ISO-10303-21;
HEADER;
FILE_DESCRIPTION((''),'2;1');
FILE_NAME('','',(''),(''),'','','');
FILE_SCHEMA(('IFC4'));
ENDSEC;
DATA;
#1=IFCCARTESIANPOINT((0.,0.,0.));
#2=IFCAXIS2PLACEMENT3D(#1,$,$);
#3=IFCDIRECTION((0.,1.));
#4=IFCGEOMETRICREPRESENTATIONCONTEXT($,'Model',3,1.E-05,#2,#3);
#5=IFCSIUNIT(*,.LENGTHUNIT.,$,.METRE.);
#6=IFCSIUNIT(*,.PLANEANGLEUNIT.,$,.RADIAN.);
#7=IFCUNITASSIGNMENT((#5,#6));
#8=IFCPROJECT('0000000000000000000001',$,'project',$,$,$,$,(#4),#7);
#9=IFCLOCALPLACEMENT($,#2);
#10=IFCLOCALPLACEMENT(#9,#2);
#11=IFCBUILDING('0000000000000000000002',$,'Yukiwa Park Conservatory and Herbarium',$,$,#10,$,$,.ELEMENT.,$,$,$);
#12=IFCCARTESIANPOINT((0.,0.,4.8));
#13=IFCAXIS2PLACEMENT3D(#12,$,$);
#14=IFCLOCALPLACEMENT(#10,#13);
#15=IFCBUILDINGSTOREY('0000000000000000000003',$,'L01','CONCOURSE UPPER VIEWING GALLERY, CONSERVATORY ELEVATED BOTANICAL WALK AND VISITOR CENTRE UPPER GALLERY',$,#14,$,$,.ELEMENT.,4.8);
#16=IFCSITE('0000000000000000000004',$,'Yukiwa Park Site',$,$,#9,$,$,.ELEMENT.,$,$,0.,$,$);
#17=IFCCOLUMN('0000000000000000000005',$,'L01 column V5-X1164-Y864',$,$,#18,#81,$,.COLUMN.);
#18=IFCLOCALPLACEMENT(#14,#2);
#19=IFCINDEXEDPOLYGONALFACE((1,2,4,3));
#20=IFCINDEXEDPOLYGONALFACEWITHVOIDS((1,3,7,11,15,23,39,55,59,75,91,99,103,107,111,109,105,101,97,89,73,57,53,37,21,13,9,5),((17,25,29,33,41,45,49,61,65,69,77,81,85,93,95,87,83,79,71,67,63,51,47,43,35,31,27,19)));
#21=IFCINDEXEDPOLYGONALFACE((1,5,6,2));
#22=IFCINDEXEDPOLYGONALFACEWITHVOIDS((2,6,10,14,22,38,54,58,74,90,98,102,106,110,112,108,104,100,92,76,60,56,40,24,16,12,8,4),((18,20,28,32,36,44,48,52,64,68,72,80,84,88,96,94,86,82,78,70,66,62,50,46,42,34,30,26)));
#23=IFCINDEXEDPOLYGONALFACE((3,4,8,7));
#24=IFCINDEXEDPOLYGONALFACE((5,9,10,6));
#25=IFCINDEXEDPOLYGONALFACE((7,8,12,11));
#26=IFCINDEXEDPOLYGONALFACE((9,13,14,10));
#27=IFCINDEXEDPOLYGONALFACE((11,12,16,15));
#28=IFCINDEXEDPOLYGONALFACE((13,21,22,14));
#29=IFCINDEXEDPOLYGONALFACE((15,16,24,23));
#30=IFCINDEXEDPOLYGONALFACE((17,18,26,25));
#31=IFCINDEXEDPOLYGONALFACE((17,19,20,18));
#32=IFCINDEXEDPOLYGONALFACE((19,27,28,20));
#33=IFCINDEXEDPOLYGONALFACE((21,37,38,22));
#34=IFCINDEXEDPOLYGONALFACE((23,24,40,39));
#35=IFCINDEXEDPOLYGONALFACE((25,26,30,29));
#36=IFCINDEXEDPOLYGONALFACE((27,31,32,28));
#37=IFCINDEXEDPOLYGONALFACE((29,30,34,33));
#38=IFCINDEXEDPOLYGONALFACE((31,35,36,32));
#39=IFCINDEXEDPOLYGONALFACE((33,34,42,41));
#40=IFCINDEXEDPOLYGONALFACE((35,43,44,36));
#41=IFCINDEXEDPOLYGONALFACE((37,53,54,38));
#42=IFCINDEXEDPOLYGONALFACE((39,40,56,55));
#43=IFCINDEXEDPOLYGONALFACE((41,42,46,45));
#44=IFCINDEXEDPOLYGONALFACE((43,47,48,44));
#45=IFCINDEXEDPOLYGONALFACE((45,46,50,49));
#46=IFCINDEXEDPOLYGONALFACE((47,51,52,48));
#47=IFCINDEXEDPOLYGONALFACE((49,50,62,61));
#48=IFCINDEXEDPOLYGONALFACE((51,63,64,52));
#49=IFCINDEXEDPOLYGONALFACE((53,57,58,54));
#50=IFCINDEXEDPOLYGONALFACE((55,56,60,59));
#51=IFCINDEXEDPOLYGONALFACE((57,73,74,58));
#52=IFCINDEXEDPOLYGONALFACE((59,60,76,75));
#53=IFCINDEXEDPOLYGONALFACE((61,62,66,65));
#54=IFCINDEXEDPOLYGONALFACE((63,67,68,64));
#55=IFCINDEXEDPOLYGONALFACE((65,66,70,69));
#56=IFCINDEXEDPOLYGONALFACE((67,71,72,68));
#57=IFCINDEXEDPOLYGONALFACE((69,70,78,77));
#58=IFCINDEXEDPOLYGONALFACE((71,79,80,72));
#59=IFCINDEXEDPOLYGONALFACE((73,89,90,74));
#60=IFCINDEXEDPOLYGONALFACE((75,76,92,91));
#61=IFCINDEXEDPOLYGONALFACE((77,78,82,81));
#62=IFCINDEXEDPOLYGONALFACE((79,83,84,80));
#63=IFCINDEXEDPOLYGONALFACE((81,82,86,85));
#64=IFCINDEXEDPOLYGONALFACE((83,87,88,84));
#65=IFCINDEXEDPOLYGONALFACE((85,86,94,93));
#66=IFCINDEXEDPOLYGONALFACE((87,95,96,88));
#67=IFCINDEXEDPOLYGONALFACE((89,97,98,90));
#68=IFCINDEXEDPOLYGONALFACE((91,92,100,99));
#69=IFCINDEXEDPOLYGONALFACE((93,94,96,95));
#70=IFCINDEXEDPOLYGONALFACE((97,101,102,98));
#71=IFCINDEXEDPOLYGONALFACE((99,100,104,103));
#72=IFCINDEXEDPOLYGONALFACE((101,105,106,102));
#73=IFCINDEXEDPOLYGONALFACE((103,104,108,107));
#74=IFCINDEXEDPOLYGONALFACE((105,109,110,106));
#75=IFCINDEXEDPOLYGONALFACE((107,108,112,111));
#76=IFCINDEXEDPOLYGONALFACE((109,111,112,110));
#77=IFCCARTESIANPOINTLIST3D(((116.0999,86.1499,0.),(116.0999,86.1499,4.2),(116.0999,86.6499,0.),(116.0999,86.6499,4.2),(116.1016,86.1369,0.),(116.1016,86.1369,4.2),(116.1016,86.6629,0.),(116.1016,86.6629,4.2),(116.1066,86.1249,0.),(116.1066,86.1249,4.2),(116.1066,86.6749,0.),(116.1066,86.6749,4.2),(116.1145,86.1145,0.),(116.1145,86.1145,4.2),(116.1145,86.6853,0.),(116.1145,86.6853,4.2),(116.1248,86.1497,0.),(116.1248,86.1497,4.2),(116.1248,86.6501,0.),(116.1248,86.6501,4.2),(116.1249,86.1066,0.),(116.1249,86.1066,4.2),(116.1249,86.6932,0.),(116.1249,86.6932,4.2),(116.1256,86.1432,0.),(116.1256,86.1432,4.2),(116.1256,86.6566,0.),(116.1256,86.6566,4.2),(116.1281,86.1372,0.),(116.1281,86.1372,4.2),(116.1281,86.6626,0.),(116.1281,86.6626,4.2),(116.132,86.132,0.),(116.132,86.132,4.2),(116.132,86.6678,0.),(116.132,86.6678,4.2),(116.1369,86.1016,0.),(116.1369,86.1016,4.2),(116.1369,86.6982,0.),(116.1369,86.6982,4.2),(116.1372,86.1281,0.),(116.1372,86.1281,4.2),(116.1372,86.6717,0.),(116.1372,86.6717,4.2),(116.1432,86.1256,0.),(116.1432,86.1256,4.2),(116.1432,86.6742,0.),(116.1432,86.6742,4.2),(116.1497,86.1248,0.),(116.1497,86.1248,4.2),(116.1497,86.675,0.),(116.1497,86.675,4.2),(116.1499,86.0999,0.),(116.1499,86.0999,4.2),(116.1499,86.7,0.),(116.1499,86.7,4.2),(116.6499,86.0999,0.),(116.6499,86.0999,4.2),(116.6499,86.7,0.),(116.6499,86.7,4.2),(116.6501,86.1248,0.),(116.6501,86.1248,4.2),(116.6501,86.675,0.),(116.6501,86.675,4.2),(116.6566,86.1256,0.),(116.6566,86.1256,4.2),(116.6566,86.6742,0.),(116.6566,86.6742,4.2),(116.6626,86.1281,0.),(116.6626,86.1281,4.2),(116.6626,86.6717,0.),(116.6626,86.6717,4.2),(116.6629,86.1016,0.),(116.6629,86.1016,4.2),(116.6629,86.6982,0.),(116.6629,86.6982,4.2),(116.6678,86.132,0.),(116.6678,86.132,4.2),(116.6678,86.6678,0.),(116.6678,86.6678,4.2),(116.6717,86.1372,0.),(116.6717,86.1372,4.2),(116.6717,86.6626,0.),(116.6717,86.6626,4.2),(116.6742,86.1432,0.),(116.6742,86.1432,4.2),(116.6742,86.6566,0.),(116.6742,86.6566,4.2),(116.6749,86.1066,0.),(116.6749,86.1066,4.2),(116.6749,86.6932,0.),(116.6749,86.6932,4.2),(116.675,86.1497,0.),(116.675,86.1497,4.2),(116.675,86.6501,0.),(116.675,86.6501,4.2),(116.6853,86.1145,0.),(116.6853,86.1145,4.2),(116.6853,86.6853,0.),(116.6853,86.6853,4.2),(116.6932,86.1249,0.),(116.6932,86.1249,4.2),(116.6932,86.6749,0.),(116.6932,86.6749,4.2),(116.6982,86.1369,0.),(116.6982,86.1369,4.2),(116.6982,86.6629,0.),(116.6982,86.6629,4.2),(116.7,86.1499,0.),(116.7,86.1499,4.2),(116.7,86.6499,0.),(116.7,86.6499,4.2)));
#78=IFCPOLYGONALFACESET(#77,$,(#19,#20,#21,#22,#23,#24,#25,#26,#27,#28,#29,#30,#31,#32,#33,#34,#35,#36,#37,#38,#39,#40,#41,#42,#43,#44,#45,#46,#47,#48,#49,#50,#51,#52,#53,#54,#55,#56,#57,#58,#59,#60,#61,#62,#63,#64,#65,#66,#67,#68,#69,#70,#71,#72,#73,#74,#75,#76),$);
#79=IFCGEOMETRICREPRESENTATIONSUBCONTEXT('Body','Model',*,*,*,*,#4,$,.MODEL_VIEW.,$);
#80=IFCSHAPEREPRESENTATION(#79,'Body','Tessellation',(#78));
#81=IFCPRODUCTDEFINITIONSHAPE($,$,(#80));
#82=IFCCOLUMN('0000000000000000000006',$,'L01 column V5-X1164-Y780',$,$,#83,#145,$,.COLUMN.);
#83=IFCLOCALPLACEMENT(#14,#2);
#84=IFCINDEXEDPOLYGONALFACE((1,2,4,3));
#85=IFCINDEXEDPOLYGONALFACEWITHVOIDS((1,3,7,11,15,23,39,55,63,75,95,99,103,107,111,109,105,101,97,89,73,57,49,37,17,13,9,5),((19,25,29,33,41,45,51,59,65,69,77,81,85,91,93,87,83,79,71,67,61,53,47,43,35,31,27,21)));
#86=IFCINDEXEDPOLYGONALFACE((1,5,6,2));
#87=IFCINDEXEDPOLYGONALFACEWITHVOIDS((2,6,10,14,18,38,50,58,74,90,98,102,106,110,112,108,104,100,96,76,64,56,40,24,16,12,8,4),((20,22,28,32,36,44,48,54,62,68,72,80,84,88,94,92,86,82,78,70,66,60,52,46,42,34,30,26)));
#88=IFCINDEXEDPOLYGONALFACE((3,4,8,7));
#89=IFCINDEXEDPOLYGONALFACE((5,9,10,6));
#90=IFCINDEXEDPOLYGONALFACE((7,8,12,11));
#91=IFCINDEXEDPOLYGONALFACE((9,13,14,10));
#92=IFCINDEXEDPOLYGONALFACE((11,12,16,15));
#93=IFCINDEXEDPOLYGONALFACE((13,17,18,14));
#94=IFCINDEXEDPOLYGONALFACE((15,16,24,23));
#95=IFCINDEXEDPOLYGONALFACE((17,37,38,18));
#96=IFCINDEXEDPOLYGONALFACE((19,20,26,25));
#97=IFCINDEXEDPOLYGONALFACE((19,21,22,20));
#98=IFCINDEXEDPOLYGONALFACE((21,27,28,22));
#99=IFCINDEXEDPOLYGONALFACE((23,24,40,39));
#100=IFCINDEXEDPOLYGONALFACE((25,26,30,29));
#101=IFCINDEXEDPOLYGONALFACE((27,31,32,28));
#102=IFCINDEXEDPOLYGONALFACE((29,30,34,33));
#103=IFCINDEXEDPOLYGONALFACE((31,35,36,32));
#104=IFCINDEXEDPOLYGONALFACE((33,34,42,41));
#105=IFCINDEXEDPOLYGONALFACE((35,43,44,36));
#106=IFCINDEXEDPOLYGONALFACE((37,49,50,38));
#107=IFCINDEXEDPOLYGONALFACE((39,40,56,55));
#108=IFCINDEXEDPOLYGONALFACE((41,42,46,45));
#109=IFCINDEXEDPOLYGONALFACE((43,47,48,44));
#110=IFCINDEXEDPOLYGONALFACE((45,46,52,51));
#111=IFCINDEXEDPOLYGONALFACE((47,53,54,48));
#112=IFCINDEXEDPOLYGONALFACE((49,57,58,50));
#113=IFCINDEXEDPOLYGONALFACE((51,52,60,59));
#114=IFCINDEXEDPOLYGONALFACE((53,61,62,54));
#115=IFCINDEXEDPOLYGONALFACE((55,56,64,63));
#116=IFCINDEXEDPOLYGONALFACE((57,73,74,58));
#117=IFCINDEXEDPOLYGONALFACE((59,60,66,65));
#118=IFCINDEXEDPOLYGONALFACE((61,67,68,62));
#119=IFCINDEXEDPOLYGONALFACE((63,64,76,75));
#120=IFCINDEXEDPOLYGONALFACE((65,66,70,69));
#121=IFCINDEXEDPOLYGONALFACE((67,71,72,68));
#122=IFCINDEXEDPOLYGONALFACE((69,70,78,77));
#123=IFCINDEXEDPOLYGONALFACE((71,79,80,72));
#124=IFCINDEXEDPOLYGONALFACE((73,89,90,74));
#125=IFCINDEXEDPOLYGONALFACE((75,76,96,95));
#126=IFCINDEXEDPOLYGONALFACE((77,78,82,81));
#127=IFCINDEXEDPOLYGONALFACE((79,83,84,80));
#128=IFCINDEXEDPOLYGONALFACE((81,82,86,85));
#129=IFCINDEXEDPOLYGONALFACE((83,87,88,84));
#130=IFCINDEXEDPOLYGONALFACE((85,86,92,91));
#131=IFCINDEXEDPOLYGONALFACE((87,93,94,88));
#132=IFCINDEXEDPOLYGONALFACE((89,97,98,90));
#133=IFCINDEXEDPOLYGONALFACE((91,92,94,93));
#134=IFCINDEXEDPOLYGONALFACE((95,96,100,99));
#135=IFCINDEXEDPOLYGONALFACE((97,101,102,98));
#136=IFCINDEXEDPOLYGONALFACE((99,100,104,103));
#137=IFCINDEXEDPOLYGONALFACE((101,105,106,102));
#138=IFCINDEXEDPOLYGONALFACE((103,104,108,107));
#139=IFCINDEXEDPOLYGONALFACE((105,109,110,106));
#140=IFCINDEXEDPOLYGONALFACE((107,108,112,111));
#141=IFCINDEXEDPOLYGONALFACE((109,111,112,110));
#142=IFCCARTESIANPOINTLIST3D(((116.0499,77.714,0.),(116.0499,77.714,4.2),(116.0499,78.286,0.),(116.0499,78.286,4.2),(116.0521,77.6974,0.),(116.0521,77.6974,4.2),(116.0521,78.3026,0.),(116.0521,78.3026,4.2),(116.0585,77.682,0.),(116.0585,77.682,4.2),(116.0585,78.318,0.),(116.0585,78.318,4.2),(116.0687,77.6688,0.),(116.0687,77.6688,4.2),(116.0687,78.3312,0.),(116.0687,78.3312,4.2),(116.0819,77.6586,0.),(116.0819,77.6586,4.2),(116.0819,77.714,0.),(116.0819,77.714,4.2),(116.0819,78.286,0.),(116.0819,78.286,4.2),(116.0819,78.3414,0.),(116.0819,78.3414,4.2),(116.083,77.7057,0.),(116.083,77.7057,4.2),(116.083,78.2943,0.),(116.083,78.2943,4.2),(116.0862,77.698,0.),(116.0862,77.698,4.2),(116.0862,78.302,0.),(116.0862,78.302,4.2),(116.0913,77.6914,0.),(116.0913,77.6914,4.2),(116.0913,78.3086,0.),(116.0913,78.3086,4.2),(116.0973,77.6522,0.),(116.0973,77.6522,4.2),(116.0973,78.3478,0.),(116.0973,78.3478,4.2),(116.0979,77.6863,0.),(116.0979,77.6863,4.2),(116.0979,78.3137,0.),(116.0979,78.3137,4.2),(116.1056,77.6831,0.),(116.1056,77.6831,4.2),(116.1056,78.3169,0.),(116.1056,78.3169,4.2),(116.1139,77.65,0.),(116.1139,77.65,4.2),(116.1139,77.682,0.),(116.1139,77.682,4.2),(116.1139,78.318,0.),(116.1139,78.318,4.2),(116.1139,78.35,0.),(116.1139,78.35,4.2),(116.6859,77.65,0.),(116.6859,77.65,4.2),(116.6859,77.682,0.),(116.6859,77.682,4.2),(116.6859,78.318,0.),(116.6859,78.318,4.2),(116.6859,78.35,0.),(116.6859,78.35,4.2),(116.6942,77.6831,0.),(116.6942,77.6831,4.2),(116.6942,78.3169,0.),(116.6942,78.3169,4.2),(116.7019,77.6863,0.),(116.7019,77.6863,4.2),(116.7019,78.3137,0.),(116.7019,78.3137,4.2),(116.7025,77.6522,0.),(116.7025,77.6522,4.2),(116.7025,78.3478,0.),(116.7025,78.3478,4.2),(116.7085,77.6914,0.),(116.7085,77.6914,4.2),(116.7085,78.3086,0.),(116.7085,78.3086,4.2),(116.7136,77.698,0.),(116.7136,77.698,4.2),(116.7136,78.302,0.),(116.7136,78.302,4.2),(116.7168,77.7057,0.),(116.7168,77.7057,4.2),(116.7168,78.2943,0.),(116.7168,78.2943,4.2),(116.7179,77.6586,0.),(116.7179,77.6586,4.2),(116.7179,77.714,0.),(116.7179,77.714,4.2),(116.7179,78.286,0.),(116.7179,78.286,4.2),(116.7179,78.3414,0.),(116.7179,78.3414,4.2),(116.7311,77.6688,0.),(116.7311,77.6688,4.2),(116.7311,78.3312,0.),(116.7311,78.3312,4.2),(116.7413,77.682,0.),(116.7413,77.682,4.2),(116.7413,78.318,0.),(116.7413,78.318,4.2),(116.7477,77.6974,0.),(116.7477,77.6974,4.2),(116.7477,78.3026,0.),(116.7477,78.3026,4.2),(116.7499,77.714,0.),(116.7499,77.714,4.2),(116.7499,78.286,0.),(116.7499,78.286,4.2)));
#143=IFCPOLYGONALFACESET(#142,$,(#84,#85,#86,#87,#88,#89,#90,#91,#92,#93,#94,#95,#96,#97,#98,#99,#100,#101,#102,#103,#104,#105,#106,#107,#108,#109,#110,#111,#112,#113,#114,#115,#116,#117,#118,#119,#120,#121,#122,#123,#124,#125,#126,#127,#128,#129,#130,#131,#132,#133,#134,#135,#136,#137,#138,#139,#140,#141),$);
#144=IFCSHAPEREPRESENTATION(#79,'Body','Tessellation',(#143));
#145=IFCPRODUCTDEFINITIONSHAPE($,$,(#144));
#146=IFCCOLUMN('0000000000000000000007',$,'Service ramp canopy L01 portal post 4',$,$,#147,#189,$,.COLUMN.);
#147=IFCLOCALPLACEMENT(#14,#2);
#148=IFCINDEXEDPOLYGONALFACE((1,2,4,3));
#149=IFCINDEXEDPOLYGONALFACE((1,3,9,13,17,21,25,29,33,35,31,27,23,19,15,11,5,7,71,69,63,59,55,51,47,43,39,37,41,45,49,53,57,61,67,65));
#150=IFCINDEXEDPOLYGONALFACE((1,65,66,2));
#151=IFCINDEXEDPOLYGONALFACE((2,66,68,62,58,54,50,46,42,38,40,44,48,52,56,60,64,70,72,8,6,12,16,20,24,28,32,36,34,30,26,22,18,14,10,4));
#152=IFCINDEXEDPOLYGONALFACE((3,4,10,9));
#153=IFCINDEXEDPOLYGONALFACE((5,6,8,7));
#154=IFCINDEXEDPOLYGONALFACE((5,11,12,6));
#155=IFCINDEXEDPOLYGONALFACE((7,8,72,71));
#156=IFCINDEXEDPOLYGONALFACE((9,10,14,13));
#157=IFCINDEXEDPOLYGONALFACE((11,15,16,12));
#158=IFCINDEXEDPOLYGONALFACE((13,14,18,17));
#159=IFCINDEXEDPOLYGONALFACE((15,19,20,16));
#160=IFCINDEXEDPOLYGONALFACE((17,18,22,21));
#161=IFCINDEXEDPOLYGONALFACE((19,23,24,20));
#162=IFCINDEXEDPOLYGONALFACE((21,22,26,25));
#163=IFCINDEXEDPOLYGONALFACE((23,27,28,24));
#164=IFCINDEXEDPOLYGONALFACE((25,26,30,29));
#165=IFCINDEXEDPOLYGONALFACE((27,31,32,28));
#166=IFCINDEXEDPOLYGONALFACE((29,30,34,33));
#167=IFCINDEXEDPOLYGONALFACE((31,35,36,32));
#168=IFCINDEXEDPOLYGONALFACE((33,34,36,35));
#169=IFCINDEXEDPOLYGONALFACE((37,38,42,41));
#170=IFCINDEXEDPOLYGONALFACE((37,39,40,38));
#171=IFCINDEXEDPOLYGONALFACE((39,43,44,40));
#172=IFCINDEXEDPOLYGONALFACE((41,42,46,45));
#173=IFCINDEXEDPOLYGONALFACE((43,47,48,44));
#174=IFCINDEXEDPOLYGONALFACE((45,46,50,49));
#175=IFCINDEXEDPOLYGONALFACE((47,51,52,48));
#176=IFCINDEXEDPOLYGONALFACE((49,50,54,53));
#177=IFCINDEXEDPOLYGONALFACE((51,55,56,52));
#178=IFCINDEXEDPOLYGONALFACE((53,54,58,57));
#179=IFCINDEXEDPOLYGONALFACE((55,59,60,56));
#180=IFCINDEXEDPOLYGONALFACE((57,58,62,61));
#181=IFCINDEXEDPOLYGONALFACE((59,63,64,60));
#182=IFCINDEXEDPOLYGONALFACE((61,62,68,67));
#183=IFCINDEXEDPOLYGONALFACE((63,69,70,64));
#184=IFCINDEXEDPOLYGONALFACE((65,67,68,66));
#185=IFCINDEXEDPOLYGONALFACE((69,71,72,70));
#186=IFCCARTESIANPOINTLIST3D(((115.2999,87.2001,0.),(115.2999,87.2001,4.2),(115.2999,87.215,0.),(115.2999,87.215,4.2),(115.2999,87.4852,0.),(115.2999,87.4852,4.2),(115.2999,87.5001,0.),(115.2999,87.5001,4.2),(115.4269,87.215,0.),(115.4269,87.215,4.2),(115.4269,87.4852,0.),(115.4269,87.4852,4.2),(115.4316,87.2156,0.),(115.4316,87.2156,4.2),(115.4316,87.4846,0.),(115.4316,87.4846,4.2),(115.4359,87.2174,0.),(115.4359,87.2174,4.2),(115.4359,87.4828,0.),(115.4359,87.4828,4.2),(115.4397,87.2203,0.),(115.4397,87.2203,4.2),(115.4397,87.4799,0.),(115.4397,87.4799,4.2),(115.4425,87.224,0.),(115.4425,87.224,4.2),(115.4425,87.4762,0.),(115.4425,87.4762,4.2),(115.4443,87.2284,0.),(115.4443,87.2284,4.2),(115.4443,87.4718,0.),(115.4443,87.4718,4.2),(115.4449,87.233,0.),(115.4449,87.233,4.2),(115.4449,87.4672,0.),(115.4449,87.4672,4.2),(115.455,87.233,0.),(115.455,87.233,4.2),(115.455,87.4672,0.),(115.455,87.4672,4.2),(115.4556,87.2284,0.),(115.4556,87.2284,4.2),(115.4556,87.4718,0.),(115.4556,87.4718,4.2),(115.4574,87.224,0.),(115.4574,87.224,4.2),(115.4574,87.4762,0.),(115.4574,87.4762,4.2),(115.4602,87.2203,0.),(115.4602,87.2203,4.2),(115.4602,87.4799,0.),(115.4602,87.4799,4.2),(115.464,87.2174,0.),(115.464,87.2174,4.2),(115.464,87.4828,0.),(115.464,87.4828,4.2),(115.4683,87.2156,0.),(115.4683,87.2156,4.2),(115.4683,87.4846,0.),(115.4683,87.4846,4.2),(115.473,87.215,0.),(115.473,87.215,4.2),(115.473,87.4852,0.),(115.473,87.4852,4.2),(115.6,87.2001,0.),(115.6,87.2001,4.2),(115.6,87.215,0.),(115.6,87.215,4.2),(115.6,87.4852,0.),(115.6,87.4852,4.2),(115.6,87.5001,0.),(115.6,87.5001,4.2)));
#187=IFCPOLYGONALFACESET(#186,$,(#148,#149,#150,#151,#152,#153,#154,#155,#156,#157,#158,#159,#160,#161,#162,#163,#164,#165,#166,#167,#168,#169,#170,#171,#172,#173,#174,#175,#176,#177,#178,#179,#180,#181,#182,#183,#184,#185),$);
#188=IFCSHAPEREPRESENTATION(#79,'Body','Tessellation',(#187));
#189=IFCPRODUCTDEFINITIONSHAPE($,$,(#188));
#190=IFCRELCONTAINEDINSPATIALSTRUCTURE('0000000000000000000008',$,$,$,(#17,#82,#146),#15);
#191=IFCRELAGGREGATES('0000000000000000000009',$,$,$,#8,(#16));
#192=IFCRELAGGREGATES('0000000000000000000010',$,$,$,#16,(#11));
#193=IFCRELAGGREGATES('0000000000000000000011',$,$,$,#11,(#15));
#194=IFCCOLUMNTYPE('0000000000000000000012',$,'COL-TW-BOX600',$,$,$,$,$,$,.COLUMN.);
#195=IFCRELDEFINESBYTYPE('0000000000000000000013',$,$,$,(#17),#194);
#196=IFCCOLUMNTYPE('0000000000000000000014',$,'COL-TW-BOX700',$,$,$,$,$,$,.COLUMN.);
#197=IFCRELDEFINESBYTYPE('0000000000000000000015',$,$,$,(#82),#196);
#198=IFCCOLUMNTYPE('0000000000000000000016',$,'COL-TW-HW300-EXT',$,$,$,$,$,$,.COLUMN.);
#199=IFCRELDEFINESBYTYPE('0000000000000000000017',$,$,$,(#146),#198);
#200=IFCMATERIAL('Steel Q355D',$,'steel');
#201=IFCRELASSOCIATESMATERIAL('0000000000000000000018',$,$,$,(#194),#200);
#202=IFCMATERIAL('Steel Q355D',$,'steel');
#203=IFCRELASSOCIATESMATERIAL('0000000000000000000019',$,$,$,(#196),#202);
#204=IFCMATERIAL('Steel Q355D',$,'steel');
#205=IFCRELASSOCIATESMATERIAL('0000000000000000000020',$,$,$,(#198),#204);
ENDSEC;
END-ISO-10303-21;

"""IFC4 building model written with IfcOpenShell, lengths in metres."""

from ifc_helpers import new_model, si_unit, direction, frame, origin, origin_2d, place, context, subcontext, project, spatial, hollow_rectangle, i_section, extrude, material, material_profile, profile_set, type_object, element, save


model = new_model("IFC4")

# Units and contexts
model_context = context("Model", 3, precision=1e-05, world=origin(), true_north=direction((0.0, 1.0)))
body_context = subcontext(model_context, "Body", "Model", "MODEL_VIEW")
ifc_project = project(units=[si_unit("LENGTHUNIT", "METRE"), si_unit("PLANEANGLEUNIT", "RADIAN")], contexts=[model_context])

# Site, building, storey
site_placement = place(None, origin())
site = spatial("IfcSite", under=ifc_project, at=site_placement, Name="Yukiwa Park Site", CompositionType="ELEMENT", RefElevation=0.0)
building_placement = place(site_placement, origin())
building = spatial("IfcBuilding", under=site, at=building_placement, Name="Yukiwa Park Conservatory and Herbarium", CompositionType="ELEMENT")
storey_placement = place(building_placement, frame((0.0, 0.0, 4.8)))
storey = spatial("IfcBuildingStorey", under=building, at=storey_placement, Name="L01", Description="CONCOURSE UPPER VIEWING GALLERY, CONSERVATORY ELEVATED BOTANICAL WALK AND VISITOR CENTRE UPPER GALLERY", CompositionType="ELEMENT", Elevation=4.8)

# Columns
ifc_material_1 = material(Name="Steel Q355D", Category="steel")
ifc_material_profile_1 = material_profile(ifc_material_1, hollow_rectangle(XDim=0.6001, YDim=0.6001, WallThickness=0.0249, InnerFilletRadius=0.0249, OuterFilletRadius=0.05, at=origin_2d()), Name="BOX 600x600x25")
ifc_profile_set_1 = profile_set([ifc_material_profile_1], Name="Steel Q355D")
column_type_1 = type_object("IfcColumnType", Name="COL-TW-BOX600", PredefinedType="COLUMN", material=ifc_profile_set_1)
column_1_placement = place(storey_placement, frame((116.3999, 86.3999, 0.0), z_axis=(0.0, 0.0, 1.0), x_axis=(1.0, 0.0, 0.0)))
element("IfcColumn", 1, at=column_1_placement, inside=storey, type_object=column_type_1, Name="L01 column V5-X1164-Y864", PredefinedType="COLUMN", context=body_context, shape_type="SweptSolid", body=[
    extrude(hollow_rectangle(XDim=0.6001, YDim=0.6001, WallThickness=0.0249, InnerFilletRadius=0.0249, OuterFilletRadius=0.05, at=origin_2d()), origin(), (0.0, 0.0, 1.0), 4.2),
])
ifc_material_2 = material(Name="Steel Q355D", Category="steel")
ifc_material_profile_2 = material_profile(ifc_material_2, hollow_rectangle(XDim=0.7, YDim=0.7, WallThickness=0.032, InnerFilletRadius=0.032, OuterFilletRadius=0.064, at=origin_2d()), Name="BOX 700x700x32")
ifc_profile_set_2 = profile_set([ifc_material_profile_2], Name="Steel Q355D")
column_type_2 = type_object("IfcColumnType", Name="COL-TW-BOX700", PredefinedType="COLUMN", material=ifc_profile_set_2)
column_2_placement = place(storey_placement, frame((116.3999, 78.0, 0.0), z_axis=(0.0, 0.0, 1.0), x_axis=(1.0, 0.0, 0.0)))
element("IfcColumn", 2, at=column_2_placement, inside=storey, type_object=column_type_2, Name="L01 column V5-X1164-Y780", PredefinedType="COLUMN", context=body_context, shape_type="SweptSolid", body=[
    extrude(hollow_rectangle(XDim=0.7, YDim=0.7, WallThickness=0.032, InnerFilletRadius=0.032, OuterFilletRadius=0.064, at=origin_2d()), origin(), (0.0, 0.0, 1.0), 4.2),
])
ifc_material_3 = material(Name="Steel Q355D", Category="steel")
ifc_material_profile_3 = material_profile(ifc_material_3, i_section(OverallWidth=0.3, OverallDepth=0.3, WebThickness=0.01, FlangeThickness=0.0149, FilletRadius=0.0181, at=origin_2d()), Name="HW 300x300x10x15")
ifc_profile_set_3 = profile_set([ifc_material_profile_3], Name="Steel Q355D")
column_type_3 = type_object("IfcColumnType", Name="COL-TW-HW300-EXT", PredefinedType="COLUMN", material=ifc_profile_set_3)
column_3_placement = place(storey_placement, frame((115.45, 87.3501, 0.0), z_axis=(0.0, 0.0, 1.0), x_axis=(1.0, 0.0, 0.0)))
element("IfcColumn", 3, at=column_3_placement, inside=storey, type_object=column_type_3, Name="Service ramp canopy L01 portal post 4", PredefinedType="COLUMN", context=body_context, shape_type="SweptSolid", body=[
    extrude(i_section(OverallWidth=0.3, OverallDepth=0.3, WebThickness=0.01, FlangeThickness=0.0149, FilletRadius=0.0181, at=origin_2d()), origin(), (0.0, 0.0, 1.0), 4.2),
])

save(model, "model.ifc")
